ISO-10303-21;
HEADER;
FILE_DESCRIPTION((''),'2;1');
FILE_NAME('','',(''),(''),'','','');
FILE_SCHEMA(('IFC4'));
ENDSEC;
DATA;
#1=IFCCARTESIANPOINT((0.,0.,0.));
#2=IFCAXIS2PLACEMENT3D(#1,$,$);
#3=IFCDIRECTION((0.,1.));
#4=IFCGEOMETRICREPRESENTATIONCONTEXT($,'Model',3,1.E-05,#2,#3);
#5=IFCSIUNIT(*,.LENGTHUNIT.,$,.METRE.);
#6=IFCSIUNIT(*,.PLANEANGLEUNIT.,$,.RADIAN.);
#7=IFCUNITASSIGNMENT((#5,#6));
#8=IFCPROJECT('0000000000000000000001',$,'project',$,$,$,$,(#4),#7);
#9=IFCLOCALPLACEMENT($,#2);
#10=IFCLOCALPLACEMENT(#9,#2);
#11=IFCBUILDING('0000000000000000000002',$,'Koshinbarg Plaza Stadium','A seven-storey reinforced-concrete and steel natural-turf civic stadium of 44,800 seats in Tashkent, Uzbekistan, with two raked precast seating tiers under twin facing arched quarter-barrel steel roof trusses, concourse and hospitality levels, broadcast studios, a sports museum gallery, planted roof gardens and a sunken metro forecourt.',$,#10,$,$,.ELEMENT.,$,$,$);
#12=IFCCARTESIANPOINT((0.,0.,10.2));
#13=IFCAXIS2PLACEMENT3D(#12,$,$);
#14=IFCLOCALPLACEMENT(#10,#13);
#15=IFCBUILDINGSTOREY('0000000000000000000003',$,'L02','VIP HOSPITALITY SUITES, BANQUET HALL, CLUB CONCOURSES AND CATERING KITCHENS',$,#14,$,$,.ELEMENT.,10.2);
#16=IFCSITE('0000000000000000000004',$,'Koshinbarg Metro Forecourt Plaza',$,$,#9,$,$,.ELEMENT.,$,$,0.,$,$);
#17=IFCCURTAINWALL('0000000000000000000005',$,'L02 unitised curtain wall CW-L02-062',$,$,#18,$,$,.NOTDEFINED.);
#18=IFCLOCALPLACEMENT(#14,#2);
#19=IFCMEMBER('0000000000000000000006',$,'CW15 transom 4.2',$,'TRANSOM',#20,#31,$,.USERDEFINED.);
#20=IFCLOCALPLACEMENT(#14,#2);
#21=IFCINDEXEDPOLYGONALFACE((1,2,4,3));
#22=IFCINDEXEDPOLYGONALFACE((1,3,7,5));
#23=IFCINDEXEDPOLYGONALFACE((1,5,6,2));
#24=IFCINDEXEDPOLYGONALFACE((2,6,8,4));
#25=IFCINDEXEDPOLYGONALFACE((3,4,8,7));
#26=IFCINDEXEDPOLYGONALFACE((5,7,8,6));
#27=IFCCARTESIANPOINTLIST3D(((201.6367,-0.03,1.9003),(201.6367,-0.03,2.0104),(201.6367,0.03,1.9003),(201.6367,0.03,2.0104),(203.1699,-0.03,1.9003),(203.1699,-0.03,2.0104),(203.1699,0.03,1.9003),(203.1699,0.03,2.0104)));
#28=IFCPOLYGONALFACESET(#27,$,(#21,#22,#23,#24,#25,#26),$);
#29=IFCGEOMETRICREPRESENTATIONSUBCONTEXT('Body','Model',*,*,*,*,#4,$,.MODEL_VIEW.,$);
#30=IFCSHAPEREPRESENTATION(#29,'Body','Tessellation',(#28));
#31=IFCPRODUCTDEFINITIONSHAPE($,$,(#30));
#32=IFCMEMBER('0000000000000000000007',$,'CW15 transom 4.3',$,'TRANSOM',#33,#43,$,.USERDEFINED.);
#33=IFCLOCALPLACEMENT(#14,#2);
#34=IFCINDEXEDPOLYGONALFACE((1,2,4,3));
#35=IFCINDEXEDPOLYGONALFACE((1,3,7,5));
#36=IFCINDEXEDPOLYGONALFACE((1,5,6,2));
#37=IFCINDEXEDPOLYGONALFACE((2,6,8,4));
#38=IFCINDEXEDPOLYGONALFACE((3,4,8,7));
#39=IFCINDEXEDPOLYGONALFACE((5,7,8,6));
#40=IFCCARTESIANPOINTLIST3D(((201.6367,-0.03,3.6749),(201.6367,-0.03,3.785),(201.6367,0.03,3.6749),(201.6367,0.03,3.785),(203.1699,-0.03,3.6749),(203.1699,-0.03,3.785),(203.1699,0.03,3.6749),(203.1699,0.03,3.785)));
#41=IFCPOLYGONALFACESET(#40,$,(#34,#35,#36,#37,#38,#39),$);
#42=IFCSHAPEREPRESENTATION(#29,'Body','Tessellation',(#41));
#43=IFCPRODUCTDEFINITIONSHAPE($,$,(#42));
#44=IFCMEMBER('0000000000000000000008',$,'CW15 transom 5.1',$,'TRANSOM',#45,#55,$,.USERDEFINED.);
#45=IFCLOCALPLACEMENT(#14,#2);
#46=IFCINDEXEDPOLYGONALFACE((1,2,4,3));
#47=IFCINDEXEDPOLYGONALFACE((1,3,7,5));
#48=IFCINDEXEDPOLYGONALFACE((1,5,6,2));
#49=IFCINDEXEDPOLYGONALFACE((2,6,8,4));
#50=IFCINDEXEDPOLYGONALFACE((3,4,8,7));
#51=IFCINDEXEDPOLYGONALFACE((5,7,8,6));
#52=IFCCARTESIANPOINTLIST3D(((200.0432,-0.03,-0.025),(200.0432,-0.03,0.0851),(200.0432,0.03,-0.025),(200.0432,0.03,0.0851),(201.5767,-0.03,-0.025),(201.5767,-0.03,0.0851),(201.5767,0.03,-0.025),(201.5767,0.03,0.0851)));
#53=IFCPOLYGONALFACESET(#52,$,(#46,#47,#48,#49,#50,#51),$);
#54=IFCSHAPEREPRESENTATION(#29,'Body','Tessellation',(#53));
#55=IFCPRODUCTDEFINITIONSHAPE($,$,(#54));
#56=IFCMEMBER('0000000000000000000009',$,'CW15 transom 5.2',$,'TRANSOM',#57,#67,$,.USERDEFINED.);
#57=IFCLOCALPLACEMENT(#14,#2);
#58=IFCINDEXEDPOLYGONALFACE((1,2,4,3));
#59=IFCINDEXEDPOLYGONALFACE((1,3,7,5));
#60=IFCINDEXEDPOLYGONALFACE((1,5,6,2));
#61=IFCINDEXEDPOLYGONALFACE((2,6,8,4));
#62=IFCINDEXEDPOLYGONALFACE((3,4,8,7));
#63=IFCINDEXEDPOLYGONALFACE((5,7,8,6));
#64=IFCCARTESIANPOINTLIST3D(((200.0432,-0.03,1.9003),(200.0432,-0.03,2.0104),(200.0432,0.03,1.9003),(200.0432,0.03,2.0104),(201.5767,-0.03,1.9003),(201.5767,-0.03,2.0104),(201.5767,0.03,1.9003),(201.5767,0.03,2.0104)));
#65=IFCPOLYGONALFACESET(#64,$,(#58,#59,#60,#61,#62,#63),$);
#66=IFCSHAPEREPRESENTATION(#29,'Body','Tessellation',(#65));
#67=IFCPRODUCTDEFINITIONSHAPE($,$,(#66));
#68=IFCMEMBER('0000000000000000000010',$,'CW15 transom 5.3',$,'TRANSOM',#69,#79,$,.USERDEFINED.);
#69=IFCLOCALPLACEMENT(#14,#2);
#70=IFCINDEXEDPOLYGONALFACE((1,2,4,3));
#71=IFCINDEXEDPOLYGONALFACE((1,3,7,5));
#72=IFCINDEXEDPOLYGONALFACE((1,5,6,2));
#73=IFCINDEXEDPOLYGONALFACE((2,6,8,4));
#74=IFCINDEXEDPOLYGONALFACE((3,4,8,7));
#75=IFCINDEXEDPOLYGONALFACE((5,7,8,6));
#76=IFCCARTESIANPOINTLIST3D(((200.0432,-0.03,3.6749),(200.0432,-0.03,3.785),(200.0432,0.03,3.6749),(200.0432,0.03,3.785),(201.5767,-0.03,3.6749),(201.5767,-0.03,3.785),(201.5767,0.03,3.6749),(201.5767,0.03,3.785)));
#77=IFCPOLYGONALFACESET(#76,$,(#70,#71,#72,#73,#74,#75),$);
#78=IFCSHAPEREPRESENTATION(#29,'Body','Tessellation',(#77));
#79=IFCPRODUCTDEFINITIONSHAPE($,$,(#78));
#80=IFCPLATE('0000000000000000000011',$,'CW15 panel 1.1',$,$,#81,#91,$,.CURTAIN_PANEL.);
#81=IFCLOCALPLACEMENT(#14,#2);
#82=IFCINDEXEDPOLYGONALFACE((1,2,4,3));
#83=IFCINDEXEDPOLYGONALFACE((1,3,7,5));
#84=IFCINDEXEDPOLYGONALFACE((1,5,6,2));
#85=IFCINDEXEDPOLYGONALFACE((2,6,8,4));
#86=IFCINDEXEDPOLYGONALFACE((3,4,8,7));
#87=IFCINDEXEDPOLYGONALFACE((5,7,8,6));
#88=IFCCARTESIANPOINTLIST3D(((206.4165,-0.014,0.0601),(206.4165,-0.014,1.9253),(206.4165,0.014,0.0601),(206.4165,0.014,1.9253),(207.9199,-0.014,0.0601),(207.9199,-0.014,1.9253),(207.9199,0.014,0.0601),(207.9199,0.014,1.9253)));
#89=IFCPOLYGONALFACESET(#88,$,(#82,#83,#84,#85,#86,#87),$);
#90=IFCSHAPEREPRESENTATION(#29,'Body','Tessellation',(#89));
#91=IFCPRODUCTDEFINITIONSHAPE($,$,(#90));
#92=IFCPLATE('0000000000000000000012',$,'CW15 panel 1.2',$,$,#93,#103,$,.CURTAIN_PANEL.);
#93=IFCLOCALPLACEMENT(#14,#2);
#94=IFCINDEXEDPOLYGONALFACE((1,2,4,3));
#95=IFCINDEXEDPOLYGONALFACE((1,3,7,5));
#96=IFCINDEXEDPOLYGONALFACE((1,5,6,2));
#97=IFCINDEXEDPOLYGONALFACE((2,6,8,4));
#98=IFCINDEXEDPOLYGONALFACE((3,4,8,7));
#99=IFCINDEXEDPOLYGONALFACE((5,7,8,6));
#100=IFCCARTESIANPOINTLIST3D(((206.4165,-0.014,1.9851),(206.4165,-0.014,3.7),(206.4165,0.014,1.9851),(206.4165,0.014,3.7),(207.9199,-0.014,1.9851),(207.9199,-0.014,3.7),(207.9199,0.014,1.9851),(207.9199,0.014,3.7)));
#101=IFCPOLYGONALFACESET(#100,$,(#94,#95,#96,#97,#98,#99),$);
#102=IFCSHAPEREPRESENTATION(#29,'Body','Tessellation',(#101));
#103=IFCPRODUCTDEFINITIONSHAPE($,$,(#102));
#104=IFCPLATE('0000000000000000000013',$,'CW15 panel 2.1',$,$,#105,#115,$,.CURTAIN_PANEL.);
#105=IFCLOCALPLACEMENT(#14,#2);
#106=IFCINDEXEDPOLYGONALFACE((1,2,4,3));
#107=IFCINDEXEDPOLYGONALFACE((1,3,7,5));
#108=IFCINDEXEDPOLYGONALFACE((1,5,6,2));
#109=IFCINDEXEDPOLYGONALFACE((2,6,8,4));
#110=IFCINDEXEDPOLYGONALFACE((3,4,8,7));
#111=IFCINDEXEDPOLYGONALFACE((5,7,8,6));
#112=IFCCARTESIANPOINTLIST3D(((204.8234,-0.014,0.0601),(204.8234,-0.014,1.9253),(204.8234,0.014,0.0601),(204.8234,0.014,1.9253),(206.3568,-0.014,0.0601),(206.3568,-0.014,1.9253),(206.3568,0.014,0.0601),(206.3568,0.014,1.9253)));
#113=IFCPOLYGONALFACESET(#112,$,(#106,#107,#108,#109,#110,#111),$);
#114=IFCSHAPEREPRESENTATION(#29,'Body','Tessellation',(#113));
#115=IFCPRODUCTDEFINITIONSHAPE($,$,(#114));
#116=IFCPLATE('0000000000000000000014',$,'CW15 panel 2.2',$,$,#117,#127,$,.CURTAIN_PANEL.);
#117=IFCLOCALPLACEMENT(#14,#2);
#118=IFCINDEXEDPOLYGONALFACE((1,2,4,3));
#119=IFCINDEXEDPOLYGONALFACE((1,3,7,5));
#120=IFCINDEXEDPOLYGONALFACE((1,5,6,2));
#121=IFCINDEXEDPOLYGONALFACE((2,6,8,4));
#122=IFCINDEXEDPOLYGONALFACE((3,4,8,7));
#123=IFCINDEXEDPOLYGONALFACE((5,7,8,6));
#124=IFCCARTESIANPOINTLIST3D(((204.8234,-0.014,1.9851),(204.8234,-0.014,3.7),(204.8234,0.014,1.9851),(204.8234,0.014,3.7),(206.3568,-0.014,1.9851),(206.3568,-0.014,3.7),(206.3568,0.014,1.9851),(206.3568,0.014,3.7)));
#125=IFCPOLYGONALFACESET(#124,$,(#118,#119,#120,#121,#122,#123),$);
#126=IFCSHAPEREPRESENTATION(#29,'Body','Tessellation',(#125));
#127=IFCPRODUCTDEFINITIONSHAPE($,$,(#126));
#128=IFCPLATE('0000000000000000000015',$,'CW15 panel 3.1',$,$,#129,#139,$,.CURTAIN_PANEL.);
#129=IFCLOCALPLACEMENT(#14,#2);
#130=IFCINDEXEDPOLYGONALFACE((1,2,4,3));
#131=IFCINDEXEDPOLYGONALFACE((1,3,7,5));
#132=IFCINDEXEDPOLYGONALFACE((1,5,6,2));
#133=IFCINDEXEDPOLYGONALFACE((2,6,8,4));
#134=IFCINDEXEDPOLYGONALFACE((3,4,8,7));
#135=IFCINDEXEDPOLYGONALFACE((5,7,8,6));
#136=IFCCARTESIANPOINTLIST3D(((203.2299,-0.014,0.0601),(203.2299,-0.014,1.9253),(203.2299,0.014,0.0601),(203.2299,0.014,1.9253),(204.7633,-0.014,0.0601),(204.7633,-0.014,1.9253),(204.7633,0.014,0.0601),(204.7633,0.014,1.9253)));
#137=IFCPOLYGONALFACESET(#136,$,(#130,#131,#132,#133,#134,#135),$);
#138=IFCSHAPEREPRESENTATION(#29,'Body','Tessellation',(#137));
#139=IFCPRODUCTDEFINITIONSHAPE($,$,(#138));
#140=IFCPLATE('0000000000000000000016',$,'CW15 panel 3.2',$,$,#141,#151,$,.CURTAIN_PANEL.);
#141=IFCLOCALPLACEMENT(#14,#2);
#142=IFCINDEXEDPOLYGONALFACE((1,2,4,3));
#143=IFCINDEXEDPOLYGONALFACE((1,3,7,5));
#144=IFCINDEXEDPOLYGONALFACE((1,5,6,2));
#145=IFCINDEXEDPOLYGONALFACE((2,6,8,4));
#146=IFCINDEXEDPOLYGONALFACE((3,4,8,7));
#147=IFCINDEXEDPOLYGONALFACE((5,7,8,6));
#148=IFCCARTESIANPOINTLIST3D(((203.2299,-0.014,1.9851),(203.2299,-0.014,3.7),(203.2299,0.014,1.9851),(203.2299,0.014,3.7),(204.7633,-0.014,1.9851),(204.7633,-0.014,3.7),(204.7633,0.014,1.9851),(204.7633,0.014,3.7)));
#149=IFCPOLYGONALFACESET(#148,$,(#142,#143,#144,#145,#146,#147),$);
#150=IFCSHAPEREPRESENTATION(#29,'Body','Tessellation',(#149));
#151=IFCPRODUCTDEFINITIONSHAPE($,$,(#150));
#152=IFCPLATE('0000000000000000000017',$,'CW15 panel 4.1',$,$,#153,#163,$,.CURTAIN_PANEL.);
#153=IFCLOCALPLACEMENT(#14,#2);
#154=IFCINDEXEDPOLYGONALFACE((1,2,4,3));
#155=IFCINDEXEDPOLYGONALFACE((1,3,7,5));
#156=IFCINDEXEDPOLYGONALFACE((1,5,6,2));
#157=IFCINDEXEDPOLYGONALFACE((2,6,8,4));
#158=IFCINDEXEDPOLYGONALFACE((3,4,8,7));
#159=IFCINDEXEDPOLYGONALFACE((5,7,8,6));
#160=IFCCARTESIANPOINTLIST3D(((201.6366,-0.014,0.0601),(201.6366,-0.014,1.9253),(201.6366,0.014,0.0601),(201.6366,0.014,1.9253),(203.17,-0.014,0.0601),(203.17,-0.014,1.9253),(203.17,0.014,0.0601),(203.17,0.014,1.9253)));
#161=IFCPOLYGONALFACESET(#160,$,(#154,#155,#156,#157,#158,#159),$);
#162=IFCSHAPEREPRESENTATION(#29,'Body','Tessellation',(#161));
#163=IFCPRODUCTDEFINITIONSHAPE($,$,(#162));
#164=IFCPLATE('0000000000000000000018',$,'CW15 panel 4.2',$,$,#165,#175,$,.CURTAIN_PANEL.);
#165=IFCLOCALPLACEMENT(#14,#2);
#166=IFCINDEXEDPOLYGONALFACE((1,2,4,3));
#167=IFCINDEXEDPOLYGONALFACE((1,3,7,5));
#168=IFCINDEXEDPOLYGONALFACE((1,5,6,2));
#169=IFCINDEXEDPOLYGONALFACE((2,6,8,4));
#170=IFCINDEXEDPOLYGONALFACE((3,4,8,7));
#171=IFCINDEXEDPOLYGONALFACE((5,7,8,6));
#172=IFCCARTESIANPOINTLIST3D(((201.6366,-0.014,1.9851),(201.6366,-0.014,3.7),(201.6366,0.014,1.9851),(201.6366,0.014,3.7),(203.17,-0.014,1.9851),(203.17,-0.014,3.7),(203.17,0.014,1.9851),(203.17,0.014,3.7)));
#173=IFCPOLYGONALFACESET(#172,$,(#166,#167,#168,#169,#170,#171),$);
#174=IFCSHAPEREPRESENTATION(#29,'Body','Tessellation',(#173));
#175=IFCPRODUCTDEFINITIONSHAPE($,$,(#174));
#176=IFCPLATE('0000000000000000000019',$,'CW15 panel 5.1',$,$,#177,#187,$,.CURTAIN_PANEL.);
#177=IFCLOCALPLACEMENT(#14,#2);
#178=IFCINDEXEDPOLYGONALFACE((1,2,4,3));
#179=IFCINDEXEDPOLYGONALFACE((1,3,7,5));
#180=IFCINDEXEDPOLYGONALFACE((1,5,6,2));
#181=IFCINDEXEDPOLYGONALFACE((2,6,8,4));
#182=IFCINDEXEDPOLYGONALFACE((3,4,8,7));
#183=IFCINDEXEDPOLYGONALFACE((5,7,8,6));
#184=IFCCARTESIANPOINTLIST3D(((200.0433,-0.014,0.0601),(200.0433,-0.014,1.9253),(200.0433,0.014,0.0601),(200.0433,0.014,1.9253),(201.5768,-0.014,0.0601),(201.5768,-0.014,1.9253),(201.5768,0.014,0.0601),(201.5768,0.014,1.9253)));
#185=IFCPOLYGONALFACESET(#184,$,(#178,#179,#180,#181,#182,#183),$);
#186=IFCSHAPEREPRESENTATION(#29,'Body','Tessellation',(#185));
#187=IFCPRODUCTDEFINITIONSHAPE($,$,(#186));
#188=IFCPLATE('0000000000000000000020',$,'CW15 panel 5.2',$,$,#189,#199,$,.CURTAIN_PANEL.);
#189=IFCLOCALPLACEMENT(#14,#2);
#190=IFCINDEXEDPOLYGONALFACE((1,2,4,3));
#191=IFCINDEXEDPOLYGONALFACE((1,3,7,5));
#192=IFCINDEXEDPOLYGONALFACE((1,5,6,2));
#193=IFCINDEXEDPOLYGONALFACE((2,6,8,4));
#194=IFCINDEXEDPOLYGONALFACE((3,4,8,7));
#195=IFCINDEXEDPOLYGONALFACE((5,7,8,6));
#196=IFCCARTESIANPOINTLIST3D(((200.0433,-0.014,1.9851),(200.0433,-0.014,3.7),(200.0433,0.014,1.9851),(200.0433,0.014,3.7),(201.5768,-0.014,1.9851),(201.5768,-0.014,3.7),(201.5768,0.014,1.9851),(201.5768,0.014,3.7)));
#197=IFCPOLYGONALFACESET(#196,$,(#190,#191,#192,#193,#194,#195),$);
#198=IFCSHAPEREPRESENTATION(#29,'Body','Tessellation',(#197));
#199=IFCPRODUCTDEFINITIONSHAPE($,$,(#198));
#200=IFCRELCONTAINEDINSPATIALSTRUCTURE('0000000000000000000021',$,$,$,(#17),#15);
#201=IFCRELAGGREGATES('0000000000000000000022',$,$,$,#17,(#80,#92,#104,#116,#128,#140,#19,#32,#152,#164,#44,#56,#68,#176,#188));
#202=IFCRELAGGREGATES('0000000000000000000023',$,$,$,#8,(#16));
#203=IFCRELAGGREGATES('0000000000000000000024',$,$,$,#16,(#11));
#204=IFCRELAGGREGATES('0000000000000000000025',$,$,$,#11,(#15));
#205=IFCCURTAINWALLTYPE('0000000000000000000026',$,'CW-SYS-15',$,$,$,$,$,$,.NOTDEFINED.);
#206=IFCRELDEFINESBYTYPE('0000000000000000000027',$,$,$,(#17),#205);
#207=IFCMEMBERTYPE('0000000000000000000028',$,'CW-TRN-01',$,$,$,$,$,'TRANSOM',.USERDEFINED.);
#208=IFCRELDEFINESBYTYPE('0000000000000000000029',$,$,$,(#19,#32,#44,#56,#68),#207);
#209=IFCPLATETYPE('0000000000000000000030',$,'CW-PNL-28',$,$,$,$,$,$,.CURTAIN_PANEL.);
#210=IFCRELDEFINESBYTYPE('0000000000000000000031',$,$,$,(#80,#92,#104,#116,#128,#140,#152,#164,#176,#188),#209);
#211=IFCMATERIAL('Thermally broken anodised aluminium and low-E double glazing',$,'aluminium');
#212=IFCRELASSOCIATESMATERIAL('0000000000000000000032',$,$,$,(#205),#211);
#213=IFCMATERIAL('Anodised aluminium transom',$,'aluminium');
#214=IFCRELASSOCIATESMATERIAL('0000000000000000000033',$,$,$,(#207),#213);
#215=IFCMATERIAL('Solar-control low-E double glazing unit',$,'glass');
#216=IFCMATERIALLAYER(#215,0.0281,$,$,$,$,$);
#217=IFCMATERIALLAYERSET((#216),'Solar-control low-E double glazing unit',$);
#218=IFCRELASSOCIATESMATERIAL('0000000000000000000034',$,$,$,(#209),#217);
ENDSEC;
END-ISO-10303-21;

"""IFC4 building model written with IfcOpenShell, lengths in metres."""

from ifc_helpers import new_model, si_unit, direction, frame, origin, origin_2d, place, context, subcontext, project, spatial, rectangle, extrude, material, layer, layer_set, material_profile, profile_set, type_object, element, aggregate, save


model = new_model("IFC4")

# Units and contexts
model_context = context("Model", 3, precision=1e-05, world=origin(), true_north=direction((0.0, 1.0)))
body_context = subcontext(model_context, "Body", "Model", "MODEL_VIEW")
ifc_project = project(units=[si_unit("LENGTHUNIT", "METRE"), si_unit("PLANEANGLEUNIT", "RADIAN")], contexts=[model_context])

# Site, building, storey
site_placement = place(None, origin())
site = spatial("IfcSite", under=ifc_project, at=site_placement, Name="Koshinbarg Metro Forecourt Plaza", CompositionType="ELEMENT", RefElevation=0.0)
building_placement = place(site_placement, origin())
building = spatial("IfcBuilding", under=site, at=building_placement, Name="Koshinbarg Plaza Stadium", Description="A seven-storey reinforced-concrete and steel natural-turf civic stadium of 44,800 seats in Tashkent, Uzbekistan, with two raked precast seating tiers under twin facing arched quarter-barrel steel roof trusses, concourse and hospitality levels, broadcast studios, a sports museum gallery, planted roof gardens and a sunken metro forecourt.", CompositionType="ELEMENT")
storey_placement = place(building_placement, frame((0.0, 0.0, 10.2)))
storey = spatial("IfcBuildingStorey", under=building, at=storey_placement, Name="L02", Description="VIP HOSPITALITY SUITES, BANQUET HALL, CLUB CONCOURSES AND CATERING KITCHENS", CompositionType="ELEMENT", Elevation=10.2)

# Curtain wall, members, plates
ifc_material_1 = material(Name="Thermally broken anodised aluminium and low-E double glazing", Category="aluminium")
curtain_wall_type = type_object("IfcCurtainWallType", Name="CW-SYS-15", PredefinedType="NOTDEFINED", material=ifc_material_1)
curtain_wall_placement = place(storey_placement, origin())
curtain_wall = element("IfcCurtainWall", 1, at=curtain_wall_placement, inside=storey, type_object=curtain_wall_type, Name="L02 unitised curtain wall CW-L02-062", PredefinedType="NOTDEFINED")
ifc_material_2 = material(Name="Anodised aluminium transom", Category="aluminium")
ifc_material_profile_1 = material_profile(ifc_material_2, rectangle(XDim=0.0601, YDim=0.1101, at=origin_2d()), Name="ALU 60x110")
ifc_profile_set_1 = profile_set([ifc_material_profile_1], Name="Anodised aluminium transom")
member_type_1 = type_object("IfcMemberType", Name="CW-TRN-01", ElementType="TRANSOM", PredefinedType="USERDEFINED", material=ifc_profile_set_1)
member_1_placement = place(storey_placement, frame((203.1699, 0.0, 1.9553), z_axis=(-1.0, 0.0, 0.0), x_axis=(0.0, -1.0, 0.0)))
member_1 = element("IfcMember", 2, at=member_1_placement, type_object=member_type_1, Name="CW15 transom 4.2", ObjectType="TRANSOM", PredefinedType="USERDEFINED", context=body_context, shape_type="SweptSolid", body=[
    extrude(rectangle(XDim=0.0601, YDim=0.1101, at=origin_2d()), origin(), (0.0, 0.0, 1.0), 1.5332),
])
member_2_placement = place(storey_placement, frame((203.1699, 0.0, 3.73), z_axis=(-1.0, 0.0, 0.0), x_axis=(0.0, -1.0, 0.0)))
member_2 = element("IfcMember", 3, at=member_2_placement, type_object=member_type_1, Name="CW15 transom 4.3", ObjectType="TRANSOM", PredefinedType="USERDEFINED", context=body_context, shape_type="SweptSolid", body=[
    extrude(rectangle(XDim=0.0601, YDim=0.1101, at=origin_2d()), origin(), (0.0, 0.0, 1.0), 1.5332),
])
member_3_placement = place(storey_placement, frame((201.5767, 0.0, 0.03), z_axis=(-1.0, 0.0, 0.0), x_axis=(0.0, -1.0, 0.0)))
member_3 = element("IfcMember", 4, at=member_3_placement, type_object=member_type_1, Name="CW15 transom 5.1", ObjectType="TRANSOM", PredefinedType="USERDEFINED", context=body_context, shape_type="SweptSolid", body=[
    extrude(rectangle(XDim=0.0601, YDim=0.1101, at=origin_2d()), origin(), (0.0, 0.0, 1.0), 1.5334),
])
member_4_placement = place(storey_placement, frame((201.5767, 0.0, 1.9553), z_axis=(-1.0, 0.0, 0.0), x_axis=(0.0, -1.0, 0.0)))
member_4 = element("IfcMember", 5, at=member_4_placement, type_object=member_type_1, Name="CW15 transom 5.2", ObjectType="TRANSOM", PredefinedType="USERDEFINED", context=body_context, shape_type="SweptSolid", body=[
    extrude(rectangle(XDim=0.0601, YDim=0.1101, at=origin_2d()), origin(), (0.0, 0.0, 1.0), 1.5334),
])
member_5_placement = place(storey_placement, frame((201.5767, 0.0, 3.73), z_axis=(-1.0, 0.0, 0.0), x_axis=(0.0, -1.0, 0.0)))
member_5 = element("IfcMember", 6, at=member_5_placement, type_object=member_type_1, Name="CW15 transom 5.3", ObjectType="TRANSOM", PredefinedType="USERDEFINED", context=body_context, shape_type="SweptSolid", body=[
    extrude(rectangle(XDim=0.0601, YDim=0.1101, at=origin_2d()), origin(), (0.0, 0.0, 1.0), 1.5334),
])
ifc_material_3 = material(Name="Solar-control low-E double glazing unit", Category="glass")
ifc_layer = layer(ifc_material_3, 0.0281)
ifc_layer_set = layer_set([ifc_layer], Name="Solar-control low-E double glazing unit")
plate_type = type_object("IfcPlateType", Name="CW-PNL-28", PredefinedType="CURTAIN_PANEL", material=ifc_layer_set)
plate_1_placement = place(storey_placement, frame((207.1682, 0.0, 0.0601), z_axis=(0.0, 0.0, 1.0), x_axis=(-1.0, 0.0, 0.0)))
plate_1 = element("IfcPlate", 7, at=plate_1_placement, type_object=plate_type, Name="CW15 panel 1.1", PredefinedType="CURTAIN_PANEL", context=body_context, shape_type="SweptSolid", body=[
    extrude(rectangle(XDim=1.5034, YDim=0.0281, at=origin_2d()), origin(), (0.0, 0.0, 1.0), 1.8652),
])
plate_2_placement = place(storey_placement, frame((207.1682, 0.0, 1.9851), z_axis=(0.0, 0.0, 1.0), x_axis=(-1.0, 0.0, 0.0)))
plate_2 = element("IfcPlate", 8, at=plate_2_placement, type_object=plate_type, Name="CW15 panel 1.2", PredefinedType="CURTAIN_PANEL", context=body_context, shape_type="SweptSolid", body=[
    extrude(rectangle(XDim=1.5034, YDim=0.0281, at=origin_2d()), origin(), (0.0, 0.0, 1.0), 1.7148),
])
plate_3_placement = place(storey_placement, frame((205.5901, 0.0, 0.0601), z_axis=(0.0, 0.0, 1.0), x_axis=(-1.0, 0.0, 0.0)))
plate_3 = element("IfcPlate", 9, at=plate_3_placement, type_object=plate_type, Name="CW15 panel 2.1", PredefinedType="CURTAIN_PANEL", context=body_context, shape_type="SweptSolid", body=[
    extrude(rectangle(XDim=1.5334, YDim=0.0281, at=origin_2d()), origin(), (0.0, 0.0, 1.0), 1.8652),
])
plate_4_placement = place(storey_placement, frame((205.5901, 0.0, 1.9851), z_axis=(0.0, 0.0, 1.0), x_axis=(-1.0, 0.0, 0.0)))
plate_4 = element("IfcPlate", 10, at=plate_4_placement, type_object=plate_type, Name="CW15 panel 2.2", PredefinedType="CURTAIN_PANEL", context=body_context, shape_type="SweptSolid", body=[
    extrude(rectangle(XDim=1.5334, YDim=0.0281, at=origin_2d()), origin(), (0.0, 0.0, 1.0), 1.7148),
])
plate_5_placement = place(storey_placement, frame((203.9966, 0.0, 0.0601), z_axis=(0.0, 0.0, 1.0), x_axis=(-1.0, 0.0, 0.0)))
plate_5 = element("IfcPlate", 11, at=plate_5_placement, type_object=plate_type, Name="CW15 panel 3.1", PredefinedType="CURTAIN_PANEL", context=body_context, shape_type="SweptSolid", body=[
    extrude(rectangle(XDim=1.5334, YDim=0.0281, at=origin_2d()), origin(), (0.0, 0.0, 1.0), 1.8652),
])
plate_6_placement = place(storey_placement, frame((203.9966, 0.0, 1.9851), z_axis=(0.0, 0.0, 1.0), x_axis=(-1.0, 0.0, 0.0)))
plate_6 = element("IfcPlate", 12, at=plate_6_placement, type_object=plate_type, Name="CW15 panel 3.2", PredefinedType="CURTAIN_PANEL", context=body_context, shape_type="SweptSolid", body=[
    extrude(rectangle(XDim=1.5334, YDim=0.0281, at=origin_2d()), origin(), (0.0, 0.0, 1.0), 1.7148),
])
plate_7_placement = place(storey_placement, frame((202.4033, 0.0, 0.0601), z_axis=(0.0, 0.0, 1.0), x_axis=(-1.0, 0.0, 0.0)))
plate_7 = element("IfcPlate", 13, at=plate_7_placement, type_object=plate_type, Name="CW15 panel 4.1", PredefinedType="CURTAIN_PANEL", context=body_context, shape_type="SweptSolid", body=[
    extrude(rectangle(XDim=1.5334, YDim=0.0281, at=origin_2d()), origin(), (0.0, 0.0, 1.0), 1.8652),
])
plate_8_placement = place(storey_placement, frame((202.4033, 0.0, 1.9851), z_axis=(0.0, 0.0, 1.0), x_axis=(-1.0, 0.0, 0.0)))
plate_8 = element("IfcPlate", 14, at=plate_8_placement, type_object=plate_type, Name="CW15 panel 4.2", PredefinedType="CURTAIN_PANEL", context=body_context, shape_type="SweptSolid", body=[
    extrude(rectangle(XDim=1.5334, YDim=0.0281, at=origin_2d()), origin(), (0.0, 0.0, 1.0), 1.7148),
])
plate_9_placement = place(storey_placement, frame((200.8101, 0.0, 0.0601), z_axis=(0.0, 0.0, 1.0), x_axis=(-1.0, 0.0, 0.0)))
plate_9 = element("IfcPlate", 15, at=plate_9_placement, type_object=plate_type, Name="CW15 panel 5.1", PredefinedType="CURTAIN_PANEL", context=body_context, shape_type="SweptSolid", body=[
    extrude(rectangle(XDim=1.5334, YDim=0.0281, at=origin_2d()), origin(), (0.0, 0.0, 1.0), 1.8652),
])
plate_10_placement = place(storey_placement, frame((200.8101, 0.0, 1.9851), z_axis=(0.0, 0.0, 1.0), x_axis=(-1.0, 0.0, 0.0)))
plate_10 = element("IfcPlate", 16, at=plate_10_placement, type_object=plate_type, Name="CW15 panel 5.2", PredefinedType="CURTAIN_PANEL", context=body_context, shape_type="SweptSolid", body=[
    extrude(rectangle(XDim=1.5334, YDim=0.0281, at=origin_2d()), origin(), (0.0, 0.0, 1.0), 1.7148),
])
aggregate(curtain_wall, [plate_1, plate_2, plate_3, plate_4, plate_5, plate_6, member_1, member_2, plate_7, plate_8, member_3, member_4, member_5, plate_9, plate_10])

save(model, "model.ifc")
